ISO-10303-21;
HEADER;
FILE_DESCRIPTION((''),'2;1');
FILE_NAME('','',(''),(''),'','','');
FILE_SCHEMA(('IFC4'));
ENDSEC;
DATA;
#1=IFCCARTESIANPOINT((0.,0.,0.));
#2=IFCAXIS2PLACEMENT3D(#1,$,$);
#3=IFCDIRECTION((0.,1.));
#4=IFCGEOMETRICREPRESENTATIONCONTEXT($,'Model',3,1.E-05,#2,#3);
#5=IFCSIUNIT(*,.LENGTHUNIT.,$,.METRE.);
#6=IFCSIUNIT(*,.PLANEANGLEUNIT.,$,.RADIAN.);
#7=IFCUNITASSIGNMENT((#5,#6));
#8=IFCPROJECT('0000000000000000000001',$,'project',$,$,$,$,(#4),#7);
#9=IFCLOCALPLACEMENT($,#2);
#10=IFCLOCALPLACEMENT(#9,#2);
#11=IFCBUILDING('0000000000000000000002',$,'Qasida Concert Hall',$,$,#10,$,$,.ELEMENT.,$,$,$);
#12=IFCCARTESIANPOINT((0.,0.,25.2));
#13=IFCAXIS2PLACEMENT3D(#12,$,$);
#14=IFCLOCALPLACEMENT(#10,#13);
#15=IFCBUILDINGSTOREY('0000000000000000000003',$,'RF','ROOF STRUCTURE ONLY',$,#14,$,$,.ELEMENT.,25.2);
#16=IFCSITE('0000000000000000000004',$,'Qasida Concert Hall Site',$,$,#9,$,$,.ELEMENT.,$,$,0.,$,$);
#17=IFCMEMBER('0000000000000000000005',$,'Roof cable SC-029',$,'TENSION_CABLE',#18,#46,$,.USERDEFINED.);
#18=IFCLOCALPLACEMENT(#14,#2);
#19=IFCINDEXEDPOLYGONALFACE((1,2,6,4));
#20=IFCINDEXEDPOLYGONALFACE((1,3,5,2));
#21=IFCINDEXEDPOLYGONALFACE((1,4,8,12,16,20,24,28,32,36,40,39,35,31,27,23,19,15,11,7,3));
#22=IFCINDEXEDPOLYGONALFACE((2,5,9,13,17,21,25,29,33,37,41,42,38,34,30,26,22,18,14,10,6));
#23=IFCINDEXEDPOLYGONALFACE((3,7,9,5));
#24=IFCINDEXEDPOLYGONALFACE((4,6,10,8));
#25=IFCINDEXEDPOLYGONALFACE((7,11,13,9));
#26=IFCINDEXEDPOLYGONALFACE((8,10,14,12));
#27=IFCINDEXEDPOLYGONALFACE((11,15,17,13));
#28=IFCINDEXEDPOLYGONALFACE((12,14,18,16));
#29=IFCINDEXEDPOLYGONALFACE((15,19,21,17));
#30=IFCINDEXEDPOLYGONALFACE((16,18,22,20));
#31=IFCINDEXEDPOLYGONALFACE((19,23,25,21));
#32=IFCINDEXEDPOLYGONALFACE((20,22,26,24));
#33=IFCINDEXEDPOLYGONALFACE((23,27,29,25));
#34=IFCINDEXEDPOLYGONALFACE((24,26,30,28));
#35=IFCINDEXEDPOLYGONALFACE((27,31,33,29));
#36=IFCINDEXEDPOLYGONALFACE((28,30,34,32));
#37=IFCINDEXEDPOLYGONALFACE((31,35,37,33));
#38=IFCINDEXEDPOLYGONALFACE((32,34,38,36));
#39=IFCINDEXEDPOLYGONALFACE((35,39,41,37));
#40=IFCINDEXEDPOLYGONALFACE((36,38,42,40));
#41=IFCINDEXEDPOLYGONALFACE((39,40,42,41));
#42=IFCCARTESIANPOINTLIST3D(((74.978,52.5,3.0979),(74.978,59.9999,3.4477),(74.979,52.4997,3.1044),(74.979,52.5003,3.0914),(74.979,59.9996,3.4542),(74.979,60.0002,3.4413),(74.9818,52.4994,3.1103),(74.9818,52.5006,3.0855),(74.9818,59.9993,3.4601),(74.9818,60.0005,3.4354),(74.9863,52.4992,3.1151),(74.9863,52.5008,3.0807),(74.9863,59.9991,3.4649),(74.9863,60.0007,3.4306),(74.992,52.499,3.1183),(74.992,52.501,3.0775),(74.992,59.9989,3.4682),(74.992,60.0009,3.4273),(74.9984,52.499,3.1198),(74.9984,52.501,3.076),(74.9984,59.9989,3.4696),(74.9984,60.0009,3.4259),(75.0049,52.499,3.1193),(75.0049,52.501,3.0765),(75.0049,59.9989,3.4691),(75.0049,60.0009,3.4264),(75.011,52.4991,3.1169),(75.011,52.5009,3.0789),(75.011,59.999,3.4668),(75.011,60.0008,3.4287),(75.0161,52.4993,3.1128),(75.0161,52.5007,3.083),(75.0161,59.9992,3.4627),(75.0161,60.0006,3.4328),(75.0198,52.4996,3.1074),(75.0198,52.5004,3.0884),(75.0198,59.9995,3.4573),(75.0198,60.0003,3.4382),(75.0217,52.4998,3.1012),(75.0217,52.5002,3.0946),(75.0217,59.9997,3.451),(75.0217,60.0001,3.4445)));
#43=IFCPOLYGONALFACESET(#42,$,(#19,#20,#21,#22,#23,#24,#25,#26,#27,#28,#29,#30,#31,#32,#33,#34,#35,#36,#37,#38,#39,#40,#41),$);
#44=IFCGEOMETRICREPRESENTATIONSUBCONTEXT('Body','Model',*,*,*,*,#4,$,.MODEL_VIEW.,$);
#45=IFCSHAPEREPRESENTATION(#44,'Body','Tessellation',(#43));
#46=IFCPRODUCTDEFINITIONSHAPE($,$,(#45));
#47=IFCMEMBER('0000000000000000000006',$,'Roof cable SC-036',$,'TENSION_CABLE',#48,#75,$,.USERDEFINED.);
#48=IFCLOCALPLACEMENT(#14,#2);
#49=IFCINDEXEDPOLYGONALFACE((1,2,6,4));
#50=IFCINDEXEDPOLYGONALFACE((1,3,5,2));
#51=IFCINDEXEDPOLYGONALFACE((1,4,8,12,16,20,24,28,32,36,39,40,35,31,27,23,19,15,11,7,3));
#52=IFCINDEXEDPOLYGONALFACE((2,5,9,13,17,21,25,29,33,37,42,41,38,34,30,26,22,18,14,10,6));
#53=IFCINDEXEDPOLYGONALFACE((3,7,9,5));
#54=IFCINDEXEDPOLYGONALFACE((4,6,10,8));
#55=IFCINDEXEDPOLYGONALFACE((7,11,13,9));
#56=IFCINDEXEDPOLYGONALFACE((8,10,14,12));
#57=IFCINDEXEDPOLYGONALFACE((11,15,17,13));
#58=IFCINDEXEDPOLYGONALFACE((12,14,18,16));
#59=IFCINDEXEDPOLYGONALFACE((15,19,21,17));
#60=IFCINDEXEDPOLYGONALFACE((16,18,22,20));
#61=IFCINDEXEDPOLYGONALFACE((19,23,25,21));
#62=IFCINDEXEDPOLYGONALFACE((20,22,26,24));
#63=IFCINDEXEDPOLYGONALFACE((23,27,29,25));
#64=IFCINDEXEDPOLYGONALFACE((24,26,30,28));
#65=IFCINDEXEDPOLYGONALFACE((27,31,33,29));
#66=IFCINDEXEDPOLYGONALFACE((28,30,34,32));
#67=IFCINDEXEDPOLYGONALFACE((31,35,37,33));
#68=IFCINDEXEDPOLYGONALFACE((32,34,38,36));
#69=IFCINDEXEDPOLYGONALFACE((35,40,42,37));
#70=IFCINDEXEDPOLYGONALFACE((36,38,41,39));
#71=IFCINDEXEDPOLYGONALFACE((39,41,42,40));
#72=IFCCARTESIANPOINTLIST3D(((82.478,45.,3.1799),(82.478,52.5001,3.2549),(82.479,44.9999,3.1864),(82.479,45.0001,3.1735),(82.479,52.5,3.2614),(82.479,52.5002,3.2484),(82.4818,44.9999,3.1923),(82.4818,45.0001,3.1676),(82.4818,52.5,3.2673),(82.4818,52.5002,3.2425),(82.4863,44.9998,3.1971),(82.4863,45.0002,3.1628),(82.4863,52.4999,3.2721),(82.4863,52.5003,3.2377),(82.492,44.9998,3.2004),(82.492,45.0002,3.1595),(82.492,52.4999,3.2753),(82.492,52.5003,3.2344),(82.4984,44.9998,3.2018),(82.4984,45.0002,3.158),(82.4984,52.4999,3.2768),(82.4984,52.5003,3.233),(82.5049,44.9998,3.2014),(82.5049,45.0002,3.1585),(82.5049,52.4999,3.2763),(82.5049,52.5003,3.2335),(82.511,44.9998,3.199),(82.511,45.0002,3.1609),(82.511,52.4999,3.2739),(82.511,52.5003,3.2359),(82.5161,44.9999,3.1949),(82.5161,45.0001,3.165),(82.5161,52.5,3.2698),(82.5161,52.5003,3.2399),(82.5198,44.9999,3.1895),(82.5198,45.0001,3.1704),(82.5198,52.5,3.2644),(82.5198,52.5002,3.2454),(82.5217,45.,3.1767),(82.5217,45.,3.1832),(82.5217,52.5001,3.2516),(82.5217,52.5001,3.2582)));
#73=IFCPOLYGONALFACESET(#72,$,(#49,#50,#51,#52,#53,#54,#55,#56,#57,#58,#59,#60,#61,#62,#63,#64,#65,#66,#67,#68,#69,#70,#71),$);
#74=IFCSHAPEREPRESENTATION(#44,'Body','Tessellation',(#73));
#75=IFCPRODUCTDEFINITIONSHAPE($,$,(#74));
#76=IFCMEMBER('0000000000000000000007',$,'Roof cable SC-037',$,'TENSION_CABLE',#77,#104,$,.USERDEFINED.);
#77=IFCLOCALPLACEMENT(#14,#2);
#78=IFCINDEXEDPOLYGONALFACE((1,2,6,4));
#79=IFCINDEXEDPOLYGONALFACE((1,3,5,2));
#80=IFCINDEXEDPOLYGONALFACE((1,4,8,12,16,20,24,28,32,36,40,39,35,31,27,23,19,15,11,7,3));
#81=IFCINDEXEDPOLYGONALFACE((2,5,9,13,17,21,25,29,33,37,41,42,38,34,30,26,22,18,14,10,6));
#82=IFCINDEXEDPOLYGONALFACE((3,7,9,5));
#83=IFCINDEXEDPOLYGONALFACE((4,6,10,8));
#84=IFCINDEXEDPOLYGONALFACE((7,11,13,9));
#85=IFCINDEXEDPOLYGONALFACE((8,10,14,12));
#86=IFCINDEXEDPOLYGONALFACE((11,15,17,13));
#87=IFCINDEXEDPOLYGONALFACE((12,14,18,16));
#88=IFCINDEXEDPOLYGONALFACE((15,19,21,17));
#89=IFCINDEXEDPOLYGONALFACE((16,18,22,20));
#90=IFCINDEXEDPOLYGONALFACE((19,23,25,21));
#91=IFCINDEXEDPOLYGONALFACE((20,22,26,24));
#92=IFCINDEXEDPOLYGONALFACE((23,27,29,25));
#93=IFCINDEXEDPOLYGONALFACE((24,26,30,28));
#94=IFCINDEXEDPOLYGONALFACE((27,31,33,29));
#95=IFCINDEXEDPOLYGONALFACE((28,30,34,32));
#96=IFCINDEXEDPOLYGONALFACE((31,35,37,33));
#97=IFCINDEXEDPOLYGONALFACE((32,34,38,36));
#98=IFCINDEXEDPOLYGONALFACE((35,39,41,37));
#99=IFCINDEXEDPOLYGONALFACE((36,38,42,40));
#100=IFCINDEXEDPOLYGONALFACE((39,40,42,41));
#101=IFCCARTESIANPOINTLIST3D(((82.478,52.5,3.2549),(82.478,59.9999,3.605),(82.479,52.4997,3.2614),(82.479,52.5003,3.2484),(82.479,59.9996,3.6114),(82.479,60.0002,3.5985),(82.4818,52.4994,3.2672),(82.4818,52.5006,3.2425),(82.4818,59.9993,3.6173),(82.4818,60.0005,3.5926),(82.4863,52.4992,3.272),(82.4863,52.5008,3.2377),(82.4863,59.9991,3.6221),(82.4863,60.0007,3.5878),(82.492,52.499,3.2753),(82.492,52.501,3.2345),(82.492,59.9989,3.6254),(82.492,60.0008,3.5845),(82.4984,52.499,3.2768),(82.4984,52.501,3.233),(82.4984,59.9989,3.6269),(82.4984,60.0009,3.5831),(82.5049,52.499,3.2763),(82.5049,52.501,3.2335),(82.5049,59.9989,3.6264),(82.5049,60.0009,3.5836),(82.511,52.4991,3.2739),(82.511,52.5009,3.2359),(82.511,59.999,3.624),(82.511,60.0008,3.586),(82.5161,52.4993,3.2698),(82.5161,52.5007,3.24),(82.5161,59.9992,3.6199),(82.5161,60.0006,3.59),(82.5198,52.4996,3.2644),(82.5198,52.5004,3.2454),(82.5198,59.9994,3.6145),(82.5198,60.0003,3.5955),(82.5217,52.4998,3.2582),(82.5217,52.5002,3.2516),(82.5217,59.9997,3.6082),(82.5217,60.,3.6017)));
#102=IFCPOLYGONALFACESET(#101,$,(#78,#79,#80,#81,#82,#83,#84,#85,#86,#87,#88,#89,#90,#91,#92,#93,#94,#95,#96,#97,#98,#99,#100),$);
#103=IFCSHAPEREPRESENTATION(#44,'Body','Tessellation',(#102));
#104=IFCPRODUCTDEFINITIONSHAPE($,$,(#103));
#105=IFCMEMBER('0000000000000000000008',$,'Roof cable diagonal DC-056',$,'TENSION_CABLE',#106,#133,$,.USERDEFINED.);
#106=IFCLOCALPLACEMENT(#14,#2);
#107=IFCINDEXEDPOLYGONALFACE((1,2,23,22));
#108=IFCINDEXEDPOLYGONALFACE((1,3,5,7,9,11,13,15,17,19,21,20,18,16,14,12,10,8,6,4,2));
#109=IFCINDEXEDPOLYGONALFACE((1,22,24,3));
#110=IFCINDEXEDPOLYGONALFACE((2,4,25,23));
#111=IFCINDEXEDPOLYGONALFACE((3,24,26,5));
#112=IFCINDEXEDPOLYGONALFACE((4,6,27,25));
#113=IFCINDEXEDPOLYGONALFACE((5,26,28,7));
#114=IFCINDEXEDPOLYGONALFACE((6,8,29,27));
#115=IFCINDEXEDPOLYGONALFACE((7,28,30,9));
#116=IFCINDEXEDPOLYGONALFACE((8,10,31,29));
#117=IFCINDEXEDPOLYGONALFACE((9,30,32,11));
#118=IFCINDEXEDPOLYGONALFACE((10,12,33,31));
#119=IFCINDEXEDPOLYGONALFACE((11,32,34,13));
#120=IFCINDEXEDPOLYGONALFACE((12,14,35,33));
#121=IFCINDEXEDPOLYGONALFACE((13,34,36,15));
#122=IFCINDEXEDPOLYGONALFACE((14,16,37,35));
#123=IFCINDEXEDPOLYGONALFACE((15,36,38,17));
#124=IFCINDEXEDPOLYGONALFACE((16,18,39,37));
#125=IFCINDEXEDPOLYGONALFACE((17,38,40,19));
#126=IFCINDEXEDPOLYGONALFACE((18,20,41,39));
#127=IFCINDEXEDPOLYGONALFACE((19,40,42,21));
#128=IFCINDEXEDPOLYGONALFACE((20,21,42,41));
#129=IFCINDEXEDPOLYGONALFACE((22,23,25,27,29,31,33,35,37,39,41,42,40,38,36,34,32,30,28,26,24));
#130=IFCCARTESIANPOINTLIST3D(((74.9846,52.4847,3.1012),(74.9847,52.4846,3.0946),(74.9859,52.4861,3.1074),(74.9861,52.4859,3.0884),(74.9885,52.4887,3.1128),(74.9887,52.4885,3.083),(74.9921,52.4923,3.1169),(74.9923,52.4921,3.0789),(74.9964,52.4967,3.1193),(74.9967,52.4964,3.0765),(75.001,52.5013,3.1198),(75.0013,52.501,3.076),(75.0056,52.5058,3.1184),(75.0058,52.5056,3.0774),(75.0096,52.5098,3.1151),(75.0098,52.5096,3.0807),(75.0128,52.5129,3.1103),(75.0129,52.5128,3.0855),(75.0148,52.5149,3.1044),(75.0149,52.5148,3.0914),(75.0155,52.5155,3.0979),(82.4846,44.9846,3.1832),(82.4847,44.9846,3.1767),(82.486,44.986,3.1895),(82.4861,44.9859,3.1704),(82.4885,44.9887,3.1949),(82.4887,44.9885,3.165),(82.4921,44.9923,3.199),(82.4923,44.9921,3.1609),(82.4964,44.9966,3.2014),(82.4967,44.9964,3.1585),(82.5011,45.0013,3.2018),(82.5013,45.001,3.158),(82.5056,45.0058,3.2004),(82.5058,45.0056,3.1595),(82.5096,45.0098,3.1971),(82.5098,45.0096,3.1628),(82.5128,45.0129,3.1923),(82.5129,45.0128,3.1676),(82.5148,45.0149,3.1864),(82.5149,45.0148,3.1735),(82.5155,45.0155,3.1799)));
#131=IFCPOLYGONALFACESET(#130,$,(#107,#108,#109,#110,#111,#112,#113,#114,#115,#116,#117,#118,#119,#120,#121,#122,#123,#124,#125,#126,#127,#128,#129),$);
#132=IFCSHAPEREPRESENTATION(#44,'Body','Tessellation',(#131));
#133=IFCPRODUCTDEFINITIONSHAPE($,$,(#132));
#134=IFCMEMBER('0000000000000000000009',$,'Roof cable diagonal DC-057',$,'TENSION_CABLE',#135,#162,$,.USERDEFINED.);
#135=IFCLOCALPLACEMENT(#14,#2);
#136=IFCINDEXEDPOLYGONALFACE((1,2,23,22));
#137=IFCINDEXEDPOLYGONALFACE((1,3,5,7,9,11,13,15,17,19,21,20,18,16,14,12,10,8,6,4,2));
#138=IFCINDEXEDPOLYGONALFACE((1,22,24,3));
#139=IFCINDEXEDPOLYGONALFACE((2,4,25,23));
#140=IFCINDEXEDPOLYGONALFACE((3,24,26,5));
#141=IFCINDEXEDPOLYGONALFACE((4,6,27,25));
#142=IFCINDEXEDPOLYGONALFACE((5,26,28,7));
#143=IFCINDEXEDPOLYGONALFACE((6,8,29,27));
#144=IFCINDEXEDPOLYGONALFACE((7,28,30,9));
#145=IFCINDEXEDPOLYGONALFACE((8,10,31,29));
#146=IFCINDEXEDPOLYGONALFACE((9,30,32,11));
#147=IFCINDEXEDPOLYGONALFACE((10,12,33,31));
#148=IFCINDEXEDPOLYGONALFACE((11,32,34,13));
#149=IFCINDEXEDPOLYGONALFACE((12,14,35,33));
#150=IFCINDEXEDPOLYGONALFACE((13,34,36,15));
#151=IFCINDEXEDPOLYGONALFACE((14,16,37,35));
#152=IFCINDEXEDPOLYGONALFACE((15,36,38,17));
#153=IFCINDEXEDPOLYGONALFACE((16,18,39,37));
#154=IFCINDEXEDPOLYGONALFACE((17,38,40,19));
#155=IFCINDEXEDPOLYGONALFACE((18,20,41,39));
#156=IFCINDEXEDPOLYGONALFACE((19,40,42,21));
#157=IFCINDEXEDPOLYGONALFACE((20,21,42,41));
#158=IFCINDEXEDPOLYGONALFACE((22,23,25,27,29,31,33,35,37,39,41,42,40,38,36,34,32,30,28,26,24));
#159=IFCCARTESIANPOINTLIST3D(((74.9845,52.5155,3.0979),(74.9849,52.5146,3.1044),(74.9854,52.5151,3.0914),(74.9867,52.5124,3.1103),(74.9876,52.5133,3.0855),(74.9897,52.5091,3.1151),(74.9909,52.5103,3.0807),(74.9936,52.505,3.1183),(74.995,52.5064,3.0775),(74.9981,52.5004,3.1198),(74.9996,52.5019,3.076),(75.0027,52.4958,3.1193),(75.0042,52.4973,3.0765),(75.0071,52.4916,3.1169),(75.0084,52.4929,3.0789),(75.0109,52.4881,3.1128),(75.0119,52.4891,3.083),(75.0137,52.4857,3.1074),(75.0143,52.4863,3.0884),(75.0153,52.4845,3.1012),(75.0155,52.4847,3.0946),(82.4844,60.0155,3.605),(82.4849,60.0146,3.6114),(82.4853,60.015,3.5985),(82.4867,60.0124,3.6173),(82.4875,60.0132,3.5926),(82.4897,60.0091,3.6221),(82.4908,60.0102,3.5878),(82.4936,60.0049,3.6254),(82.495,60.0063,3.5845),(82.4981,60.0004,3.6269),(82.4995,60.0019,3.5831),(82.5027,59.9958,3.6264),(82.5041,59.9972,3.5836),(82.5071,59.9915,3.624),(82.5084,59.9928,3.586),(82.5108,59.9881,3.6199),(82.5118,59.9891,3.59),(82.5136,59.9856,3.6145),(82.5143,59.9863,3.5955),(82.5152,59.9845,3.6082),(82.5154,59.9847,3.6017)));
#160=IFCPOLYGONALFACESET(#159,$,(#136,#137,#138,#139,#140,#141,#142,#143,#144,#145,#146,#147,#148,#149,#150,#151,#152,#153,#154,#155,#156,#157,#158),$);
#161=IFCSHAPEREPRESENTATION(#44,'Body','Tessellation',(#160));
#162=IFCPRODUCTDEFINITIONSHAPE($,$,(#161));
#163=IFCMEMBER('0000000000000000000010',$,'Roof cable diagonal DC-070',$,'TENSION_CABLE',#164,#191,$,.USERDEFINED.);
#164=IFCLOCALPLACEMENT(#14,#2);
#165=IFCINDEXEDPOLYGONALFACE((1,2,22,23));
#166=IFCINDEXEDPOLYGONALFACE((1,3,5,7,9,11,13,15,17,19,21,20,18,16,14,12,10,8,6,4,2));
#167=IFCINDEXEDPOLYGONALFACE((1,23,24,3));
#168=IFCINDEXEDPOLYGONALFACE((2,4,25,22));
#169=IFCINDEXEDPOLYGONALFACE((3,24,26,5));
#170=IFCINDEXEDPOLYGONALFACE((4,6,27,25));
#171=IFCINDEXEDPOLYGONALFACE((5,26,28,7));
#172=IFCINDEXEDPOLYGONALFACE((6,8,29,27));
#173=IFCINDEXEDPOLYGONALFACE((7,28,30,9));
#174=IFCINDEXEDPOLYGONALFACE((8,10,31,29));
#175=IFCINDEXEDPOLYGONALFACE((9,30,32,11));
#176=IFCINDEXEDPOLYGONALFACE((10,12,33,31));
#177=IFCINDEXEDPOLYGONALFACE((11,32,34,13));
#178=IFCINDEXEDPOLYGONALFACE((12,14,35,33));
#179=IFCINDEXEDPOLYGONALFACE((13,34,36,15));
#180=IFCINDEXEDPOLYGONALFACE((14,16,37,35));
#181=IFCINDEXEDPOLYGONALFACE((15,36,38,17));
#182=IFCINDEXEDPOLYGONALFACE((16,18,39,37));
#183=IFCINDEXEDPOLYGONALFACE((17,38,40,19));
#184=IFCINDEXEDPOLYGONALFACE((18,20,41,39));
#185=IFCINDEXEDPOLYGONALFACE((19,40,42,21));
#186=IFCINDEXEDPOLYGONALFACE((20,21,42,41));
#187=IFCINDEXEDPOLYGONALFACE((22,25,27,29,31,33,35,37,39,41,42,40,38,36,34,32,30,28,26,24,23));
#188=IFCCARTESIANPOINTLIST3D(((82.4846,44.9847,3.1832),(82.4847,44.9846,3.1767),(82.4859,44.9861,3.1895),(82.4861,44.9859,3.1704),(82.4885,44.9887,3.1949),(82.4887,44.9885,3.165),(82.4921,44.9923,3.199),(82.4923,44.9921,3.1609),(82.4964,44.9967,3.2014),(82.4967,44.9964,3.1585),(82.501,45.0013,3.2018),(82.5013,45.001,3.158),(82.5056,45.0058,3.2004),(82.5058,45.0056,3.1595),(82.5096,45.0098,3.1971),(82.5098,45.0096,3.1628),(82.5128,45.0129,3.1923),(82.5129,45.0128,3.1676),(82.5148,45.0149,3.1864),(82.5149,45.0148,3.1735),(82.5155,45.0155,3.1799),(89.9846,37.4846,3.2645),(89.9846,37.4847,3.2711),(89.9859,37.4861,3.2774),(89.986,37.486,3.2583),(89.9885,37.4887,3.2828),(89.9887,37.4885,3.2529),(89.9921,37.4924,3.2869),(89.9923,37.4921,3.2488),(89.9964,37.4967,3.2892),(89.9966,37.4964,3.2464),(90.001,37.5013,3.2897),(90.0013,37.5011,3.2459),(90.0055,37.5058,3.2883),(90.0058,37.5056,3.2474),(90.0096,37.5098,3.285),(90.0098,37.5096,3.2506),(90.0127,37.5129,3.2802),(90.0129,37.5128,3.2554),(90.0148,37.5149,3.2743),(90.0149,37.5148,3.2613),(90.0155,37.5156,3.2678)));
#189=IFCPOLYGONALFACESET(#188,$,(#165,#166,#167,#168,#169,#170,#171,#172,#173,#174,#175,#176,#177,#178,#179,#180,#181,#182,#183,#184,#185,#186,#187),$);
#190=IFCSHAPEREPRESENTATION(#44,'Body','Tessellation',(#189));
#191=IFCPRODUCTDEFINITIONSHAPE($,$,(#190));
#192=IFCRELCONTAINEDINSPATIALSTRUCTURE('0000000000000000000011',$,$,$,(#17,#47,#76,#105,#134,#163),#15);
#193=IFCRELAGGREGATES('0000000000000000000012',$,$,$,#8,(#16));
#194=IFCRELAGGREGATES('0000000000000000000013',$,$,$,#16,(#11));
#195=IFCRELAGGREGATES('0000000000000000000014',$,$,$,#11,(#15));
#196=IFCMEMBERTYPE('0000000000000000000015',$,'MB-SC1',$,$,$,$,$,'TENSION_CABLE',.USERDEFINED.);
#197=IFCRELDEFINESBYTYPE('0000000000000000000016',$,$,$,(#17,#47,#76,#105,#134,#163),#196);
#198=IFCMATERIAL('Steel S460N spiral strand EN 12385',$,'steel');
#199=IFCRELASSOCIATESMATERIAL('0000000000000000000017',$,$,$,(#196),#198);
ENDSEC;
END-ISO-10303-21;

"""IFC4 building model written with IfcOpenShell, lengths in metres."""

from ifc_helpers import new_model, si_unit, direction, frame, origin, origin_2d, place, context, subcontext, project, spatial, circle, extrude, material, material_profile, profile_set, type_object, element, save


model = new_model("IFC4")

# Units and contexts
model_context = context("Model", 3, precision=1e-05, world=origin(), true_north=direction((0.0, 1.0)))
body_context = subcontext(model_context, "Body", "Model", "MODEL_VIEW")
ifc_project = project(units=[si_unit("LENGTHUNIT", "METRE"), si_unit("PLANEANGLEUNIT", "RADIAN")], contexts=[model_context])

# Site, building, storey
site_placement = place(None, origin())
site = spatial("IfcSite", under=ifc_project, at=site_placement, Name="Qasida Concert Hall Site", CompositionType="ELEMENT", RefElevation=0.0)
building_placement = place(site_placement, origin())
building = spatial("IfcBuilding", under=site, at=building_placement, Name="Qasida Concert Hall", CompositionType="ELEMENT")
storey_placement = place(building_placement, frame((0.0, 0.0, 25.2)))
storey = spatial("IfcBuildingStorey", under=building, at=storey_placement, Name="RF", Description="ROOF STRUCTURE ONLY", CompositionType="ELEMENT", Elevation=25.2)

# Members
ifc_material_1 = material(Name="Steel S460N spiral strand EN 12385", Category="steel")
ifc_material_profile_1 = material_profile(ifc_material_1, circle(Radius=0.022, at=origin_2d()), Name="STRAND D44")
ifc_profile_set_1 = profile_set([ifc_material_profile_1], Name="Steel S460N spiral strand EN 12385")
member_type_1 = type_object("IfcMemberType", Name="MB-SC1", ElementType="TENSION_CABLE", PredefinedType="USERDEFINED", material=ifc_profile_set_1)
member_1_placement = place(storey_placement, frame((75.0, 52.5, 3.0979), z_axis=(0.0, 0.998914, 0.046596), x_axis=(-1.0, 0.0, 0.0)))
element("IfcMember", 1, at=member_1_placement, inside=storey, type_object=member_type_1, Name="Roof cable SC-029", ObjectType="TENSION_CABLE", PredefinedType="USERDEFINED", context=body_context, shape_type="SweptSolid", body=[
    extrude(circle(Radius=0.022, at=origin_2d()), origin(), (0.0, 0.0, 1.0), 7.5081),
])
member_2_placement = place(storey_placement, frame((82.5, 45.0, 3.1799), z_axis=(0.0, 0.99995, 0.009993), x_axis=(-1.0, 0.0, 0.0)))
element("IfcMember", 2, at=member_2_placement, inside=storey, type_object=member_type_1, Name="Roof cable SC-036", ObjectType="TENSION_CABLE", PredefinedType="USERDEFINED", context=body_context, shape_type="SweptSolid", body=[
    extrude(circle(Radius=0.022, at=origin_2d()), origin(), (0.0, 0.0, 1.0), 7.5005),
])
member_3_placement = place(storey_placement, frame((82.5, 52.5, 3.2549), z_axis=(0.0, 0.998912, 0.046629), x_axis=(-1.0, 0.0, 0.0)))
element("IfcMember", 3, at=member_3_placement, inside=storey, type_object=member_type_1, Name="Roof cable SC-037", ObjectType="TENSION_CABLE", PredefinedType="USERDEFINED", context=body_context, shape_type="SweptSolid", body=[
    extrude(circle(Radius=0.022, at=origin_2d()), origin(), (0.0, 0.0, 1.0), 7.5081),
])
member_4_placement = place(storey_placement, frame((75.0, 52.5, 3.0979), z_axis=(0.707086, -0.707086, 0.007734), x_axis=(0.707107, 0.707107, 0.0)))
element("IfcMember", 4, at=member_4_placement, inside=storey, type_object=member_type_1, Name="Roof cable diagonal DC-056", ObjectType="TENSION_CABLE", PredefinedType="USERDEFINED", context=body_context, shape_type="SweptSolid", body=[
    extrude(circle(Radius=0.022, at=origin_2d()), origin(), (0.0, 0.0, 1.0), 10.6069),
])
member_5_placement = place(storey_placement, frame((75.0, 52.5, 3.0979), z_axis=(0.7063, 0.7063, 0.047753), x_axis=(-0.707107, 0.707107, 0.0)))
element("IfcMember", 5, at=member_5_placement, inside=storey, type_object=member_type_1, Name="Roof cable diagonal DC-057", ObjectType="TENSION_CABLE", PredefinedType="USERDEFINED", context=body_context, shape_type="SweptSolid", body=[
    extrude(circle(Radius=0.022, at=origin_2d()), origin(), (0.0, 0.0, 1.0), 10.6187),
])
member_6_placement = place(storey_placement, frame((82.5, 45.0, 3.1799), z_axis=(0.707083, -0.707083, 0.008286), x_axis=(0.707107, 0.707107, 0.0)))
element("IfcMember", 6, at=member_6_placement, inside=storey, type_object=member_type_1, Name="Roof cable diagonal DC-070", ObjectType="TENSION_CABLE", PredefinedType="USERDEFINED", context=body_context, shape_type="SweptSolid", body=[
    extrude(circle(Radius=0.022, at=origin_2d()), origin(), (0.0, 0.0, 1.0), 10.6069),
])

save(model, "model.ifc")
